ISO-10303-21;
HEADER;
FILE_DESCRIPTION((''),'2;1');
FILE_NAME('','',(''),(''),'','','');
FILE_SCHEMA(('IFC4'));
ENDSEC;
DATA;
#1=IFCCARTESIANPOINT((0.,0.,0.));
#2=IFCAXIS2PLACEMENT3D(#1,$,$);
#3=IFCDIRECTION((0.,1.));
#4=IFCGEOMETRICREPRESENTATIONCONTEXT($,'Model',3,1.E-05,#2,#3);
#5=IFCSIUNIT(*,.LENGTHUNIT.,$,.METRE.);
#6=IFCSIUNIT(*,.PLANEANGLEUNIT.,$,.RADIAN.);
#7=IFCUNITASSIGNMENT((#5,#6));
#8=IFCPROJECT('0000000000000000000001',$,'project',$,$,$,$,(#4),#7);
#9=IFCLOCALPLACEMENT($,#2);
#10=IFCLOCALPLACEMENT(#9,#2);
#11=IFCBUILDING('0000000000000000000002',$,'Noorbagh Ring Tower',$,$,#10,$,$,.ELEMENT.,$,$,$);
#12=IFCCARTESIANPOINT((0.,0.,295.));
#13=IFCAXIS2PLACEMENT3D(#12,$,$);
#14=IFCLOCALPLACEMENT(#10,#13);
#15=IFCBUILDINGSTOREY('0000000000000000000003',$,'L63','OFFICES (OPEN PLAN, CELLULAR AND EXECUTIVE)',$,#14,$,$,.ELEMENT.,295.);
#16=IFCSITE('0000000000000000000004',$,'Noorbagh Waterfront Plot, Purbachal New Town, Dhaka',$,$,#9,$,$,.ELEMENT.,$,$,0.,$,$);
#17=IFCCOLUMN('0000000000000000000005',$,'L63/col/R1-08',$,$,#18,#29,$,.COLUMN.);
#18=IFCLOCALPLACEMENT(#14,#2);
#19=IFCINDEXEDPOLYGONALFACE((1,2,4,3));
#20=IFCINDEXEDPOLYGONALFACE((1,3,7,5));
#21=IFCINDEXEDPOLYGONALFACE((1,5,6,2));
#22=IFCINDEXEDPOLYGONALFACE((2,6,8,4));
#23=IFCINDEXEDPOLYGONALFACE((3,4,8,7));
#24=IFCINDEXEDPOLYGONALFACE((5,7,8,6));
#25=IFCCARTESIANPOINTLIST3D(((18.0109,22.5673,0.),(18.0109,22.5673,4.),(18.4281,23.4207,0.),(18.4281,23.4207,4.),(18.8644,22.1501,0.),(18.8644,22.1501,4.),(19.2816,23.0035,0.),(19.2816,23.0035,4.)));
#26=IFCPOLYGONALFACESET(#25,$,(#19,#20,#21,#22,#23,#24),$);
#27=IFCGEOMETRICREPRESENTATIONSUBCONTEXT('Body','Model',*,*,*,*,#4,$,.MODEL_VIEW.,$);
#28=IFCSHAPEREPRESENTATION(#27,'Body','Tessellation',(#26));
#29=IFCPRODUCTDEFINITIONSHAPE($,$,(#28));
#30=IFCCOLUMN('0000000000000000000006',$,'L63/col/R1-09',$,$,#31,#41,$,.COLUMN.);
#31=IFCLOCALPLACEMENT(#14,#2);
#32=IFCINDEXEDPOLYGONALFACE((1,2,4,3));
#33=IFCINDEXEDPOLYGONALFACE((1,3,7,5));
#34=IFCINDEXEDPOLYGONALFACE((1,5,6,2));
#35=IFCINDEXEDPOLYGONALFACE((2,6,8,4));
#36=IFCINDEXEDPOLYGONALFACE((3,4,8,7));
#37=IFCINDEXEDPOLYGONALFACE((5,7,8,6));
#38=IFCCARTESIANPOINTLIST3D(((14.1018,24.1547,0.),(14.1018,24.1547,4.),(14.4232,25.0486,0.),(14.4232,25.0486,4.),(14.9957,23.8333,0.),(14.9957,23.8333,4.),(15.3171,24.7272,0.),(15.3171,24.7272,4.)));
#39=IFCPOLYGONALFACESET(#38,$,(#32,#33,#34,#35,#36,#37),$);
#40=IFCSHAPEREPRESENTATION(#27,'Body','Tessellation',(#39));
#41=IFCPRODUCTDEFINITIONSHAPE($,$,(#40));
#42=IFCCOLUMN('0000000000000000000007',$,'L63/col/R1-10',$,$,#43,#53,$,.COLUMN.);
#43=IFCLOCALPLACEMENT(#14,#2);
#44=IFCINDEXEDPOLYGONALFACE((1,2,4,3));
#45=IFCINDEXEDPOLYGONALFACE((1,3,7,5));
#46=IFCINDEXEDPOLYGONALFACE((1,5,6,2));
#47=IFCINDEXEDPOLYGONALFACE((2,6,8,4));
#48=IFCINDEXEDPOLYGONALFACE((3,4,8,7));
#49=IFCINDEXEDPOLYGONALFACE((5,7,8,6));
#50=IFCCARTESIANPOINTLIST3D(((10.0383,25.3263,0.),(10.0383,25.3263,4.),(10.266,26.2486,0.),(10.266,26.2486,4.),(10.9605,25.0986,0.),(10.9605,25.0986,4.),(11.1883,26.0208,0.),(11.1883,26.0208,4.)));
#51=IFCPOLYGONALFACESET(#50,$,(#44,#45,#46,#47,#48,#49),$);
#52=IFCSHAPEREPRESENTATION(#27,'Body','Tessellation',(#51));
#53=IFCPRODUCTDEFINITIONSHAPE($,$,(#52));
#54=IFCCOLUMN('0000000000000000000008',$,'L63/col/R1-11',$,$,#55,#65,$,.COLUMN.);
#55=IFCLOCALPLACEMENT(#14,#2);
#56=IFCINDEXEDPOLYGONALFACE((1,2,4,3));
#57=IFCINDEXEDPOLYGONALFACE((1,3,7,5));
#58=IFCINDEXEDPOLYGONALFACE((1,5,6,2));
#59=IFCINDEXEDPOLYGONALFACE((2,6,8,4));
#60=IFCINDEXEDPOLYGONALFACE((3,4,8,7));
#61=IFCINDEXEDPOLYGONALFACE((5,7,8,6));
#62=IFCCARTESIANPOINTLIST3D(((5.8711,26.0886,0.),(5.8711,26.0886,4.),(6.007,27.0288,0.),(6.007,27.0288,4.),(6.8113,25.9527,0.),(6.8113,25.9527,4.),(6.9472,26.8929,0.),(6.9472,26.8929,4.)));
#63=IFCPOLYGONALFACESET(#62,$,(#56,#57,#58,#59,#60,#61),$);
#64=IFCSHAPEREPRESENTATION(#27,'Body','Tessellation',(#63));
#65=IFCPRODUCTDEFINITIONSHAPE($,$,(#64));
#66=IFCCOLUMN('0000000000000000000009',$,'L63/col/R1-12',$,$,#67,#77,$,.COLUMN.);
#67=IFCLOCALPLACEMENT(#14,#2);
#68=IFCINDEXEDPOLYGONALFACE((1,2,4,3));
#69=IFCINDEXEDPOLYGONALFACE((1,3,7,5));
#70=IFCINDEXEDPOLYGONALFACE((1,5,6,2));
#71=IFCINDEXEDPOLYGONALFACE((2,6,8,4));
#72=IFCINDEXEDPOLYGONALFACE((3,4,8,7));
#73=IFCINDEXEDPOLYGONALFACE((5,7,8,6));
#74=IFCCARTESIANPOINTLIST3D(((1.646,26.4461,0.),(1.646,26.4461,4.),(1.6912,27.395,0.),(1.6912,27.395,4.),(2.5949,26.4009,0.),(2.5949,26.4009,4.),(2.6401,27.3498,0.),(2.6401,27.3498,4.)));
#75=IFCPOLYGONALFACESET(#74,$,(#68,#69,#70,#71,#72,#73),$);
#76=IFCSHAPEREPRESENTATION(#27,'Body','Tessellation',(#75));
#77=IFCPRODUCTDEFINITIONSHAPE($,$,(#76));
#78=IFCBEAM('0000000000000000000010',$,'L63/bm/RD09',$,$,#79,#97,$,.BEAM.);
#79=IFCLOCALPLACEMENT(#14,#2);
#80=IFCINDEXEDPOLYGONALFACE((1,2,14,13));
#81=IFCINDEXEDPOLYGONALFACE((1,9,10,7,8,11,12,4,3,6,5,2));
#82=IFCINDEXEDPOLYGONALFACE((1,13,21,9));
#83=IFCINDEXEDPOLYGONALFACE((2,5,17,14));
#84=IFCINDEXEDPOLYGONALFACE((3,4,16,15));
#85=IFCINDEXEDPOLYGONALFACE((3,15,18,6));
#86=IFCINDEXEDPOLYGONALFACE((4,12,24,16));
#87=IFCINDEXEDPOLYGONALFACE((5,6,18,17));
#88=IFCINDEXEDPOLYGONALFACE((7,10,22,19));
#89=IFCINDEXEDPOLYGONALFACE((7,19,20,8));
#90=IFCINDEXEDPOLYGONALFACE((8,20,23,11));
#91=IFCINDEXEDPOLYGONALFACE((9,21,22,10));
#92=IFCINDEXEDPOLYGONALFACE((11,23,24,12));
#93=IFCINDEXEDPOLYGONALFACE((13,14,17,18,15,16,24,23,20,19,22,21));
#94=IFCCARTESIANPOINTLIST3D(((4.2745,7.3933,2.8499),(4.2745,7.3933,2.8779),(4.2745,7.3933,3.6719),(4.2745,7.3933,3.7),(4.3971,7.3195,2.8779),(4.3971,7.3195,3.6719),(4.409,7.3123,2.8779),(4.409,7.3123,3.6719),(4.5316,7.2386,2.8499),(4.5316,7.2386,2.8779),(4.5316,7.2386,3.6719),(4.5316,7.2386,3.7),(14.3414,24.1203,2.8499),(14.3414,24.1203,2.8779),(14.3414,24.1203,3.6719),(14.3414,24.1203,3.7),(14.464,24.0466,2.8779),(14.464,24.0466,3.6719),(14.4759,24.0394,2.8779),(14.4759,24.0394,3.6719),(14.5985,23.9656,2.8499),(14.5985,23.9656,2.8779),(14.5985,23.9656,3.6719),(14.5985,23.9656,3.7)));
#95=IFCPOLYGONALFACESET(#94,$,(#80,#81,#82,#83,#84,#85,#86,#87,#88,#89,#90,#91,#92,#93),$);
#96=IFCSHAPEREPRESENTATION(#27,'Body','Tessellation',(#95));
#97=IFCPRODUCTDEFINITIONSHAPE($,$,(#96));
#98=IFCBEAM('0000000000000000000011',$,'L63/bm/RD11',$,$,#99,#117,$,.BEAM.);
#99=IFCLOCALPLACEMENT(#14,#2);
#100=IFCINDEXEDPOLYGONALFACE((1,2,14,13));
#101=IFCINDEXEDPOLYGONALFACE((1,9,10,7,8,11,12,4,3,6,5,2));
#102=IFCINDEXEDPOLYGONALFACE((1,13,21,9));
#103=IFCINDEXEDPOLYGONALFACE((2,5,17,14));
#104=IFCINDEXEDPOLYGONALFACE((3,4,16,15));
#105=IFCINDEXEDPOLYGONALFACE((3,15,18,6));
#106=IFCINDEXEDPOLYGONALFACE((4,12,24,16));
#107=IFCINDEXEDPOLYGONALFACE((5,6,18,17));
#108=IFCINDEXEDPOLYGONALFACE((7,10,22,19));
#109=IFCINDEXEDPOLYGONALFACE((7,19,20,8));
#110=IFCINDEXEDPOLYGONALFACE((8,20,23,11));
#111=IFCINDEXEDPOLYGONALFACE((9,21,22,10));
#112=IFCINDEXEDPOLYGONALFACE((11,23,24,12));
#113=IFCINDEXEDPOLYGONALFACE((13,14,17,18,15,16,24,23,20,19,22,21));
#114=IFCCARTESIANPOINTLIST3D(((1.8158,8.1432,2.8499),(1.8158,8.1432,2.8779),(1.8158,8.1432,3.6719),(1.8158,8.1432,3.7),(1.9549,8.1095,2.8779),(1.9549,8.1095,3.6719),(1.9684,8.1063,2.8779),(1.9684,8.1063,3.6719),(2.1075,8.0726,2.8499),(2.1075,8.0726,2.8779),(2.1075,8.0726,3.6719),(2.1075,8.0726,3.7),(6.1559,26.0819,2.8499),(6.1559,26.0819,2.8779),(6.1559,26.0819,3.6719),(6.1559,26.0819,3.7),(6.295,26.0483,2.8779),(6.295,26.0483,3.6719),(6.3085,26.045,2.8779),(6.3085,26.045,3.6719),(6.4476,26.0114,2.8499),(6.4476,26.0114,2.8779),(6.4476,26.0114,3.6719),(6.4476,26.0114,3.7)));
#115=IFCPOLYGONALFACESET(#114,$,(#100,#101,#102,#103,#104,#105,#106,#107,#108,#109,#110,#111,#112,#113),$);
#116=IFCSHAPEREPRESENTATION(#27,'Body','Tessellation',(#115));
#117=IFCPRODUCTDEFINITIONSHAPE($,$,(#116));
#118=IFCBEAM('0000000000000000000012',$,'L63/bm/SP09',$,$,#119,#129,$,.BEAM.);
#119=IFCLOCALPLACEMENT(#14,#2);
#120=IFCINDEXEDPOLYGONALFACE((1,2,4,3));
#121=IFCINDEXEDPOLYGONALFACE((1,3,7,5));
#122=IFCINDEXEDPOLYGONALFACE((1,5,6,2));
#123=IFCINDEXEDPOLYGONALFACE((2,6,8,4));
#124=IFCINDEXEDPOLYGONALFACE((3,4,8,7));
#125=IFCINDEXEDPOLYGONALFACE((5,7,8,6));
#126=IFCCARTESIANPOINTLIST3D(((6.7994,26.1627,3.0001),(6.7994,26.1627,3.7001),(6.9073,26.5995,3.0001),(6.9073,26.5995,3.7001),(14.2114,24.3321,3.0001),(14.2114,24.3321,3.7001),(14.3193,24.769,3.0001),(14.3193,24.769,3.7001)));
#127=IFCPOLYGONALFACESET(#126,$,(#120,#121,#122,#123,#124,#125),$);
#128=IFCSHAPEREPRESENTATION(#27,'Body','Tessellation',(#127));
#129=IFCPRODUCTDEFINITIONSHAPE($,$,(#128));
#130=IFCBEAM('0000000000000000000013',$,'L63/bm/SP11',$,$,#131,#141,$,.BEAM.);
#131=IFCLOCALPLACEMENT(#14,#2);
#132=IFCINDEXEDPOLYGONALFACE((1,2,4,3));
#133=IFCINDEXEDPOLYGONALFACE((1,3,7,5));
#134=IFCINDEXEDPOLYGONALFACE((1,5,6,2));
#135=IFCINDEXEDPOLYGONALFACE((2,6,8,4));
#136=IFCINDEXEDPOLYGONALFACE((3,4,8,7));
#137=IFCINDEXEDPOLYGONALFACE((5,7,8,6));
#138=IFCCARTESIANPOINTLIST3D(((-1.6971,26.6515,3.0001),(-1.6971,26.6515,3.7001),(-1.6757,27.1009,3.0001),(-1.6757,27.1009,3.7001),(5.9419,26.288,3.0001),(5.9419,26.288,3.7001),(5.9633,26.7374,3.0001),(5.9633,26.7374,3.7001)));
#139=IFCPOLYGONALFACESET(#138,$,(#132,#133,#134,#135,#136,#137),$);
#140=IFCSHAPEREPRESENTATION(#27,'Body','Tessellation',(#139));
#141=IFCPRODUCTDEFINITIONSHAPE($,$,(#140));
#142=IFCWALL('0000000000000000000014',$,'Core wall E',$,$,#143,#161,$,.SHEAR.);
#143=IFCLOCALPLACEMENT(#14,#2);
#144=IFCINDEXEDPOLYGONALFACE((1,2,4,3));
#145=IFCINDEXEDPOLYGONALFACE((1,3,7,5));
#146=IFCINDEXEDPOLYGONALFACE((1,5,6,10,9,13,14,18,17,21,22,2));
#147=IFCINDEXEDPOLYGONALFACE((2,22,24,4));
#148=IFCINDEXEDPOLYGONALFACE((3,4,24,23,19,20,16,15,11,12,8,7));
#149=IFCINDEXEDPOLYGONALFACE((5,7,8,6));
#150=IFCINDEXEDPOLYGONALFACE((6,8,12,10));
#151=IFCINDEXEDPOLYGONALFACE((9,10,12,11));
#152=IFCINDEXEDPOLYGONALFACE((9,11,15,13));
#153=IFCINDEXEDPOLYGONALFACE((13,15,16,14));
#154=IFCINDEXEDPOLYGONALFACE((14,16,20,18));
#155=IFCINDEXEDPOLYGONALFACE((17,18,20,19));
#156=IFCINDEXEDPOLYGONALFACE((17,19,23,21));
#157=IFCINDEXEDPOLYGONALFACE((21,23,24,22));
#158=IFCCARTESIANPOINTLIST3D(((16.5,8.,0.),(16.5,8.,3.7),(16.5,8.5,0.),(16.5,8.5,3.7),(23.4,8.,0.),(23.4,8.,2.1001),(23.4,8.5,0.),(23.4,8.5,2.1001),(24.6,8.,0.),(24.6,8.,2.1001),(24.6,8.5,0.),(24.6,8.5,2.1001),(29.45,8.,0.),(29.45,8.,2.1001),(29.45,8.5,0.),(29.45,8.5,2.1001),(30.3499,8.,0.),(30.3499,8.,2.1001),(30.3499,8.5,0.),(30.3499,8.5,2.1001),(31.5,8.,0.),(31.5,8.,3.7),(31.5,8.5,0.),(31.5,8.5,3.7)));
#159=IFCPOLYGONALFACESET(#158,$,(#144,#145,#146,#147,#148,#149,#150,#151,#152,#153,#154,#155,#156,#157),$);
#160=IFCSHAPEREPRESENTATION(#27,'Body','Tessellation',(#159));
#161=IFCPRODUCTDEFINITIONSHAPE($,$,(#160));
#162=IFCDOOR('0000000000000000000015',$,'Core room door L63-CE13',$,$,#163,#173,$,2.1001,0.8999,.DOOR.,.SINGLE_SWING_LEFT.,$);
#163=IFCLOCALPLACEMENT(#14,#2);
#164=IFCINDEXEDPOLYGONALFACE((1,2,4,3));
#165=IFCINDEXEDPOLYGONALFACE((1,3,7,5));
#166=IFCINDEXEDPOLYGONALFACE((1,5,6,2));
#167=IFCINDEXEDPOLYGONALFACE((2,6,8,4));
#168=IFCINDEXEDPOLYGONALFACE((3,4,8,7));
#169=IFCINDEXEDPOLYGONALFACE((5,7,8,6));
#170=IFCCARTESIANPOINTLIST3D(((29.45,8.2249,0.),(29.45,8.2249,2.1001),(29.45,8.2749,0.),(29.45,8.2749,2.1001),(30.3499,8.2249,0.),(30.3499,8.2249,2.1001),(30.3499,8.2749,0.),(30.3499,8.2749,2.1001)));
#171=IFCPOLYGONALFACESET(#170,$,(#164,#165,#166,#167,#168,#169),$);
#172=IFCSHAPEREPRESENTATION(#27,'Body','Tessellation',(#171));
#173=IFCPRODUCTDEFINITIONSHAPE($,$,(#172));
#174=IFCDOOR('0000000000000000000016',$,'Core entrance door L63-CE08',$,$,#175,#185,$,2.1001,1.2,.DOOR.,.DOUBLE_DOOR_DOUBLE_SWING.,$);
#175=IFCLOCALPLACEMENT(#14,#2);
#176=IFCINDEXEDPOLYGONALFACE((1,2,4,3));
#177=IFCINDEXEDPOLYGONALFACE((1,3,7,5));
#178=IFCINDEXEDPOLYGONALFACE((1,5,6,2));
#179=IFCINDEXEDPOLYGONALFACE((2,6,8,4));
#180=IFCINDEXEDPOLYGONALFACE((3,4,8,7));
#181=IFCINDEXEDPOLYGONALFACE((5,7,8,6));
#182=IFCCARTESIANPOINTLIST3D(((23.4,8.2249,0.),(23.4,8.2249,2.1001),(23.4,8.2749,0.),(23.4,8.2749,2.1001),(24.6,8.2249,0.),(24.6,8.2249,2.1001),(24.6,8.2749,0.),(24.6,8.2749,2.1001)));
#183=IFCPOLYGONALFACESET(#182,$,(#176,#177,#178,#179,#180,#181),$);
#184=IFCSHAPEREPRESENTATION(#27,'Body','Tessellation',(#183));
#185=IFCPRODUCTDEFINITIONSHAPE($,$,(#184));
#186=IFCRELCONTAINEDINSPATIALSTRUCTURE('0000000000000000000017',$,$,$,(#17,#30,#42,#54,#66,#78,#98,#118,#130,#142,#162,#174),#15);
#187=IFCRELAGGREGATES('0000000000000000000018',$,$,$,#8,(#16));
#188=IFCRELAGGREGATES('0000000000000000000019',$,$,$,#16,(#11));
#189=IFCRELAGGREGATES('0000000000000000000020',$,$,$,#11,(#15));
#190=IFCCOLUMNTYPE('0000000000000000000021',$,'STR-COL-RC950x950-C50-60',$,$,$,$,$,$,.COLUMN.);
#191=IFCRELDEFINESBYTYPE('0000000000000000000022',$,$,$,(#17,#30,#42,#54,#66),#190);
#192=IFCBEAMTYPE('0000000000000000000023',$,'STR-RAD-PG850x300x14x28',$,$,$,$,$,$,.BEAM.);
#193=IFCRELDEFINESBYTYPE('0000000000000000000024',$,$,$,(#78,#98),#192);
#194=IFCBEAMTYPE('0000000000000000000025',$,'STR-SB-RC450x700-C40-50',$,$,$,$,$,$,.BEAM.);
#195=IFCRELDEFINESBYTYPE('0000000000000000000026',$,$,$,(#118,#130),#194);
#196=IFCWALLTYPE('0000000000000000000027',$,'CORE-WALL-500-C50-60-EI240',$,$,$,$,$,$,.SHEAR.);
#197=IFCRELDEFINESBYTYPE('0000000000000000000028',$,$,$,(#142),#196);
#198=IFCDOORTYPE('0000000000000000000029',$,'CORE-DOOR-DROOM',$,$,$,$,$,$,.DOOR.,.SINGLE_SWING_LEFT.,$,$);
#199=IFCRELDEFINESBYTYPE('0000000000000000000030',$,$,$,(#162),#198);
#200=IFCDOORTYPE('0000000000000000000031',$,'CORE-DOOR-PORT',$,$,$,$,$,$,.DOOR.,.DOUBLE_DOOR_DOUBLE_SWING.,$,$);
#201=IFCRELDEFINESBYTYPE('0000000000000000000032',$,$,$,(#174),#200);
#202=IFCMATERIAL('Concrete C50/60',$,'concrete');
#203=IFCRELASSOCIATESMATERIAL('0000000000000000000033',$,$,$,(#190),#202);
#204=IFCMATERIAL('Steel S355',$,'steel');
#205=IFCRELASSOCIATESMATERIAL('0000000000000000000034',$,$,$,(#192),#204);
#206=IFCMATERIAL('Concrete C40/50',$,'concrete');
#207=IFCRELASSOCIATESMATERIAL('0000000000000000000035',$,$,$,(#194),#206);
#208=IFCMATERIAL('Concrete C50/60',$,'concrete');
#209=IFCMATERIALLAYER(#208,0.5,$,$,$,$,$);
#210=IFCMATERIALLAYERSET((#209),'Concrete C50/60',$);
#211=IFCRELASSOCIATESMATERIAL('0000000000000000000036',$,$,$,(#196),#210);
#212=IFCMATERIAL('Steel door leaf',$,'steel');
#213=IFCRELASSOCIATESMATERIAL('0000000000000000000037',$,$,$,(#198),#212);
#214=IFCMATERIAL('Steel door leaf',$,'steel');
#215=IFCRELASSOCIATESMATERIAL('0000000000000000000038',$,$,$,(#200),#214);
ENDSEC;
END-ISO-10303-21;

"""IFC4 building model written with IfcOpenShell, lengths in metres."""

from ifc_helpers import new_model, si_unit, direction, frame, frame_2d, origin, origin_2d, place, context, subcontext, project, spatial, rectangle, i_section, extrude, material, layer, layer_set, material_profile, profile_set, type_object, element, fill, save


model = new_model("IFC4")

# Units and contexts
model_context = context("Model", 3, precision=1e-05, world=origin(), true_north=direction((0.0, 1.0)))
body_context = subcontext(model_context, "Body", "Model", "MODEL_VIEW")
ifc_project = project(units=[si_unit("LENGTHUNIT", "METRE"), si_unit("PLANEANGLEUNIT", "RADIAN")], contexts=[model_context])

# Site, building, storey
site_placement = place(None, origin())
site = spatial("IfcSite", under=ifc_project, at=site_placement, Name="Noorbagh Waterfront Plot, Purbachal New Town, Dhaka", CompositionType="ELEMENT", RefElevation=0.0)
building_placement = place(site_placement, origin())
building = spatial("IfcBuilding", under=site, at=building_placement, Name="Noorbagh Ring Tower", CompositionType="ELEMENT")
storey_placement = place(building_placement, frame((0.0, 0.0, 295.0)))
storey = spatial("IfcBuildingStorey", under=building, at=storey_placement, Name="L63", Description="OFFICES (OPEN PLAN, CELLULAR AND EXECUTIVE)", CompositionType="ELEMENT", Elevation=295.0)

# Columns
ifc_material_1 = material(Name="Concrete C50/60", Category="concrete")
ifc_material_profile_1 = material_profile(ifc_material_1, rectangle(XDim=0.95, YDim=0.95, at=origin_2d()), Name="RC950x950")
ifc_profile_set_1 = profile_set([ifc_material_profile_1], Name="Concrete C50/60")
column_type = type_object("IfcColumnType", Name="STR-COL-RC950x950-C50-60", PredefinedType="COLUMN", material=ifc_profile_set_1)
for number, where, z_axis, x_axis, name in (
    (1, (18.6462, 22.7854, 0.0), (0.0, 0.0, 1.0), (-0.898399, 0.43918, 0.0), "L63/col/R1-08"),
    (2, (14.7095, 24.4409, 0.0), (0.0, 0.0, 1.0), (-0.941025, 0.338338, 0.0), "L63/col/R1-09"),
    (3, (10.6133, 25.6736, 0.0), (0.0, 0.0, 1.0), (-0.970829, 0.239771, 0.0), "L63/col/R1-10"),
    (4, (6.4092, 26.4907, 0.0), (0.0, 0.0, 1.0), (-0.989713, 0.143066, 0.0), "L63/col/R1-11"),
    (5, (2.1431, 26.8979, 0.0), (0.0, 0.0, 1.0), (-0.998869, 0.047553, 0.0), "L63/col/R1-12"),
):
    element("IfcColumn", number, at=place(storey_placement, frame(where, z_axis=z_axis, x_axis=x_axis)), inside=storey, type_object=column_type, Name=name, PredefinedType="COLUMN", context=body_context, shape_type="SweptSolid", body=[
        extrude(rectangle(XDim=0.95, YDim=0.95, at=origin_2d()), origin(), (0.0, 0.0, 1.0), 4.0),
    ])

# Beams
ifc_material_2 = material(Name="Steel S355", Category="steel")
ifc_material_profile_2 = material_profile(ifc_material_2, i_section(OverallWidth=0.3, OverallDepth=0.8501, WebThickness=0.0139, FlangeThickness=0.0281, at=origin_2d()), Name="PG850x300x14x28")
ifc_profile_set_2 = profile_set([ifc_material_profile_2], Name="Steel S355")
beam_type_1 = type_object("IfcBeamType", Name="STR-RAD-PG850x300x14x28", PredefinedType="BEAM", material=ifc_profile_set_2)
beam_1_placement = place(storey_placement, frame((14.47, 24.043, 3.2749), z_axis=(-0.51565, -0.856799, 0.0), x_axis=(0.856799, -0.51565, 0.0)))
element("IfcBeam", 6, at=beam_1_placement, inside=storey, type_object=beam_type_1, Name="L63/bm/RD09", PredefinedType="BEAM", context=body_context, shape_type="SweptSolid", body=[
    extrude(i_section(OverallWidth=0.3, OverallDepth=0.8501, WebThickness=0.0139, FlangeThickness=0.0281, at=origin_2d()), origin(), (0.0, 0.0, 1.0), 19.5227),
])
beam_2_placement = place(storey_placement, frame((6.3018, 26.0466, 3.2749), z_axis=(-0.235155, -0.971958, 0.0), x_axis=(0.971958, -0.235155, 0.0)))
element("IfcBeam", 7, at=beam_2_placement, inside=storey, type_object=beam_type_1, Name="L63/bm/RD11", PredefinedType="BEAM", context=body_context, shape_type="SweptSolid", body=[
    extrude(i_section(OverallWidth=0.3, OverallDepth=0.8501, WebThickness=0.0139, FlangeThickness=0.0281, at=origin_2d()), origin(), (0.0, 0.0, 1.0), 18.4563),
])
ifc_material_3 = material(Name="Concrete C40/50", Category="concrete")
ifc_material_profile_3 = material_profile(ifc_material_3, rectangle(XDim=0.45, YDim=0.7, at=origin_2d()), Name="RC450x700")
ifc_profile_set_3 = profile_set([ifc_material_profile_3], Name="Concrete C40/50")
beam_type_2 = type_object("IfcBeamType", Name="STR-SB-RC450x700-C40-50", PredefinedType="BEAM", material=ifc_profile_set_3)
beam_3_placement = place(storey_placement, frame((14.2654, 24.5505, 3.3501), z_axis=(-0.970831, 0.239766, 0.0), x_axis=(-0.239766, -0.970831, 0.0)))
element("IfcBeam", 8, at=beam_3_placement, inside=storey, type_object=beam_type_2, Name="L63/bm/SP09", PredefinedType="BEAM", context=body_context, shape_type="SweptSolid", body=[
    extrude(rectangle(XDim=0.45, YDim=0.7, at=origin_2d()), origin(), (0.0, 0.0, 1.0), 7.6348),
])
beam_4_placement = place(storey_placement, frame((5.9526, 26.5127, 3.3501), z_axis=(-0.99887, 0.047533, 0.0), x_axis=(-0.047533, -0.99887, 0.0)))
element("IfcBeam", 9, at=beam_4_placement, inside=storey, type_object=beam_type_2, Name="L63/bm/SP11", PredefinedType="BEAM", context=body_context, shape_type="SweptSolid", body=[
    extrude(rectangle(XDim=0.45, YDim=0.7, at=origin_2d()), origin(), (0.0, 0.0, 1.0), 7.6477),
])

# Wall, openings, doors
ifc_material_4 = material(Name="Concrete C50/60", Category="concrete")
ifc_layer_1 = layer(ifc_material_4, 0.5)
ifc_layer_set_1 = layer_set([ifc_layer_1], Name="Concrete C50/60")
wall_type_1 = type_object("IfcWallType", Name="CORE-WALL-500-C50-60-EI240", PredefinedType="SHEAR", material=ifc_layer_set_1)
wall_1_placement = place(storey_placement, frame((16.5, 8.25, 0.0), z_axis=(0.0, 0.0, 1.0), x_axis=(1.0, 0.0, 0.0)))
wall_1 = element("IfcWall", 10, at=wall_1_placement, inside=storey, type_object=wall_type_1, Name="Core wall E", PredefinedType="SHEAR", context=body_context, shape_type="SweptSolid", body=[
    extrude(rectangle(XDim=15.0, YDim=0.5, at=frame_2d((7.5, 0.0))), origin(), (0.0, 0.0, 1.0), 3.7),
])
opening_1_placement = place(wall_1_placement, frame((6.8999, 0.0, 0.0)))
opening_1 = element("IfcOpeningElement", 11, at=opening_1_placement, cuts=wall_1, PredefinedType="OPENING", context=body_context, shape_type="SweptSolid", body=[
    extrude(rectangle(XDim=1.2, YDim=2.1001, at=frame_2d((0.6001, 1.05))), frame((0.0, 0.26, 0.0), z_axis=(0.0, -1.0, 0.0), x_axis=(1.0, 0.0, 0.0)), (0.0, 0.0, 1.0), 0.52),
])
opening_2_placement = place(wall_1_placement, frame((12.95, 0.0, 0.0)))
opening_2 = element("IfcOpeningElement", 12, at=opening_2_placement, cuts=wall_1, PredefinedType="OPENING", context=body_context, shape_type="SweptSolid", body=[
    extrude(rectangle(XDim=0.8999, YDim=2.1001, at=frame_2d((0.45, 1.05))), frame((0.0, 0.26, 0.0), z_axis=(0.0, -1.0, 0.0), x_axis=(1.0, 0.0, 0.0)), (0.0, 0.0, 1.0), 0.52),
])
ifc_material_5 = material(Name="Steel door leaf", Category="steel")
door_type_1 = type_object("IfcDoorType", Name="CORE-DOOR-DROOM", OperationType="SINGLE_SWING_LEFT", PredefinedType="DOOR", material=ifc_material_5)
door_1_placement = place(opening_2_placement, origin())
door_1 = element("IfcDoor", 13, at=door_1_placement, inside=storey, type_object=door_type_1, Name="Core room door L63-CE13", OperationType="SINGLE_SWING_LEFT", OverallHeight=2.1001, OverallWidth=0.8999, PredefinedType="DOOR", context=body_context, shape_type="SweptSolid", body=[
    extrude(rectangle(XDim=0.8999, YDim=2.1001, at=frame_2d((0.45, 1.05))), frame((0.0, 0.0249, 0.0), z_axis=(0.0, -1.0, 0.0), x_axis=(1.0, 0.0, 0.0)), (0.0, 0.0, 1.0), 0.05),
])
fill(opening_2, door_1)
ifc_material_6 = material(Name="Steel door leaf", Category="steel")
door_type_2 = type_object("IfcDoorType", Name="CORE-DOOR-PORT", OperationType="DOUBLE_DOOR_DOUBLE_SWING", PredefinedType="DOOR", material=ifc_material_6)
door_2_placement = place(opening_1_placement, origin())
door_2 = element("IfcDoor", 14, at=door_2_placement, inside=storey, type_object=door_type_2, Name="Core entrance door L63-CE08", OperationType="DOUBLE_DOOR_DOUBLE_SWING", OverallHeight=2.1001, OverallWidth=1.2, PredefinedType="DOOR", context=body_context, shape_type="SweptSolid", body=[
    extrude(rectangle(XDim=1.2, YDim=2.1001, at=frame_2d((0.6001, 1.05))), frame((0.0, 0.0249, 0.0), z_axis=(0.0, -1.0, 0.0), x_axis=(1.0, 0.0, 0.0)), (0.0, 0.0, 1.0), 0.05),
])
fill(opening_1, door_2)

save(model, "model.ifc")
